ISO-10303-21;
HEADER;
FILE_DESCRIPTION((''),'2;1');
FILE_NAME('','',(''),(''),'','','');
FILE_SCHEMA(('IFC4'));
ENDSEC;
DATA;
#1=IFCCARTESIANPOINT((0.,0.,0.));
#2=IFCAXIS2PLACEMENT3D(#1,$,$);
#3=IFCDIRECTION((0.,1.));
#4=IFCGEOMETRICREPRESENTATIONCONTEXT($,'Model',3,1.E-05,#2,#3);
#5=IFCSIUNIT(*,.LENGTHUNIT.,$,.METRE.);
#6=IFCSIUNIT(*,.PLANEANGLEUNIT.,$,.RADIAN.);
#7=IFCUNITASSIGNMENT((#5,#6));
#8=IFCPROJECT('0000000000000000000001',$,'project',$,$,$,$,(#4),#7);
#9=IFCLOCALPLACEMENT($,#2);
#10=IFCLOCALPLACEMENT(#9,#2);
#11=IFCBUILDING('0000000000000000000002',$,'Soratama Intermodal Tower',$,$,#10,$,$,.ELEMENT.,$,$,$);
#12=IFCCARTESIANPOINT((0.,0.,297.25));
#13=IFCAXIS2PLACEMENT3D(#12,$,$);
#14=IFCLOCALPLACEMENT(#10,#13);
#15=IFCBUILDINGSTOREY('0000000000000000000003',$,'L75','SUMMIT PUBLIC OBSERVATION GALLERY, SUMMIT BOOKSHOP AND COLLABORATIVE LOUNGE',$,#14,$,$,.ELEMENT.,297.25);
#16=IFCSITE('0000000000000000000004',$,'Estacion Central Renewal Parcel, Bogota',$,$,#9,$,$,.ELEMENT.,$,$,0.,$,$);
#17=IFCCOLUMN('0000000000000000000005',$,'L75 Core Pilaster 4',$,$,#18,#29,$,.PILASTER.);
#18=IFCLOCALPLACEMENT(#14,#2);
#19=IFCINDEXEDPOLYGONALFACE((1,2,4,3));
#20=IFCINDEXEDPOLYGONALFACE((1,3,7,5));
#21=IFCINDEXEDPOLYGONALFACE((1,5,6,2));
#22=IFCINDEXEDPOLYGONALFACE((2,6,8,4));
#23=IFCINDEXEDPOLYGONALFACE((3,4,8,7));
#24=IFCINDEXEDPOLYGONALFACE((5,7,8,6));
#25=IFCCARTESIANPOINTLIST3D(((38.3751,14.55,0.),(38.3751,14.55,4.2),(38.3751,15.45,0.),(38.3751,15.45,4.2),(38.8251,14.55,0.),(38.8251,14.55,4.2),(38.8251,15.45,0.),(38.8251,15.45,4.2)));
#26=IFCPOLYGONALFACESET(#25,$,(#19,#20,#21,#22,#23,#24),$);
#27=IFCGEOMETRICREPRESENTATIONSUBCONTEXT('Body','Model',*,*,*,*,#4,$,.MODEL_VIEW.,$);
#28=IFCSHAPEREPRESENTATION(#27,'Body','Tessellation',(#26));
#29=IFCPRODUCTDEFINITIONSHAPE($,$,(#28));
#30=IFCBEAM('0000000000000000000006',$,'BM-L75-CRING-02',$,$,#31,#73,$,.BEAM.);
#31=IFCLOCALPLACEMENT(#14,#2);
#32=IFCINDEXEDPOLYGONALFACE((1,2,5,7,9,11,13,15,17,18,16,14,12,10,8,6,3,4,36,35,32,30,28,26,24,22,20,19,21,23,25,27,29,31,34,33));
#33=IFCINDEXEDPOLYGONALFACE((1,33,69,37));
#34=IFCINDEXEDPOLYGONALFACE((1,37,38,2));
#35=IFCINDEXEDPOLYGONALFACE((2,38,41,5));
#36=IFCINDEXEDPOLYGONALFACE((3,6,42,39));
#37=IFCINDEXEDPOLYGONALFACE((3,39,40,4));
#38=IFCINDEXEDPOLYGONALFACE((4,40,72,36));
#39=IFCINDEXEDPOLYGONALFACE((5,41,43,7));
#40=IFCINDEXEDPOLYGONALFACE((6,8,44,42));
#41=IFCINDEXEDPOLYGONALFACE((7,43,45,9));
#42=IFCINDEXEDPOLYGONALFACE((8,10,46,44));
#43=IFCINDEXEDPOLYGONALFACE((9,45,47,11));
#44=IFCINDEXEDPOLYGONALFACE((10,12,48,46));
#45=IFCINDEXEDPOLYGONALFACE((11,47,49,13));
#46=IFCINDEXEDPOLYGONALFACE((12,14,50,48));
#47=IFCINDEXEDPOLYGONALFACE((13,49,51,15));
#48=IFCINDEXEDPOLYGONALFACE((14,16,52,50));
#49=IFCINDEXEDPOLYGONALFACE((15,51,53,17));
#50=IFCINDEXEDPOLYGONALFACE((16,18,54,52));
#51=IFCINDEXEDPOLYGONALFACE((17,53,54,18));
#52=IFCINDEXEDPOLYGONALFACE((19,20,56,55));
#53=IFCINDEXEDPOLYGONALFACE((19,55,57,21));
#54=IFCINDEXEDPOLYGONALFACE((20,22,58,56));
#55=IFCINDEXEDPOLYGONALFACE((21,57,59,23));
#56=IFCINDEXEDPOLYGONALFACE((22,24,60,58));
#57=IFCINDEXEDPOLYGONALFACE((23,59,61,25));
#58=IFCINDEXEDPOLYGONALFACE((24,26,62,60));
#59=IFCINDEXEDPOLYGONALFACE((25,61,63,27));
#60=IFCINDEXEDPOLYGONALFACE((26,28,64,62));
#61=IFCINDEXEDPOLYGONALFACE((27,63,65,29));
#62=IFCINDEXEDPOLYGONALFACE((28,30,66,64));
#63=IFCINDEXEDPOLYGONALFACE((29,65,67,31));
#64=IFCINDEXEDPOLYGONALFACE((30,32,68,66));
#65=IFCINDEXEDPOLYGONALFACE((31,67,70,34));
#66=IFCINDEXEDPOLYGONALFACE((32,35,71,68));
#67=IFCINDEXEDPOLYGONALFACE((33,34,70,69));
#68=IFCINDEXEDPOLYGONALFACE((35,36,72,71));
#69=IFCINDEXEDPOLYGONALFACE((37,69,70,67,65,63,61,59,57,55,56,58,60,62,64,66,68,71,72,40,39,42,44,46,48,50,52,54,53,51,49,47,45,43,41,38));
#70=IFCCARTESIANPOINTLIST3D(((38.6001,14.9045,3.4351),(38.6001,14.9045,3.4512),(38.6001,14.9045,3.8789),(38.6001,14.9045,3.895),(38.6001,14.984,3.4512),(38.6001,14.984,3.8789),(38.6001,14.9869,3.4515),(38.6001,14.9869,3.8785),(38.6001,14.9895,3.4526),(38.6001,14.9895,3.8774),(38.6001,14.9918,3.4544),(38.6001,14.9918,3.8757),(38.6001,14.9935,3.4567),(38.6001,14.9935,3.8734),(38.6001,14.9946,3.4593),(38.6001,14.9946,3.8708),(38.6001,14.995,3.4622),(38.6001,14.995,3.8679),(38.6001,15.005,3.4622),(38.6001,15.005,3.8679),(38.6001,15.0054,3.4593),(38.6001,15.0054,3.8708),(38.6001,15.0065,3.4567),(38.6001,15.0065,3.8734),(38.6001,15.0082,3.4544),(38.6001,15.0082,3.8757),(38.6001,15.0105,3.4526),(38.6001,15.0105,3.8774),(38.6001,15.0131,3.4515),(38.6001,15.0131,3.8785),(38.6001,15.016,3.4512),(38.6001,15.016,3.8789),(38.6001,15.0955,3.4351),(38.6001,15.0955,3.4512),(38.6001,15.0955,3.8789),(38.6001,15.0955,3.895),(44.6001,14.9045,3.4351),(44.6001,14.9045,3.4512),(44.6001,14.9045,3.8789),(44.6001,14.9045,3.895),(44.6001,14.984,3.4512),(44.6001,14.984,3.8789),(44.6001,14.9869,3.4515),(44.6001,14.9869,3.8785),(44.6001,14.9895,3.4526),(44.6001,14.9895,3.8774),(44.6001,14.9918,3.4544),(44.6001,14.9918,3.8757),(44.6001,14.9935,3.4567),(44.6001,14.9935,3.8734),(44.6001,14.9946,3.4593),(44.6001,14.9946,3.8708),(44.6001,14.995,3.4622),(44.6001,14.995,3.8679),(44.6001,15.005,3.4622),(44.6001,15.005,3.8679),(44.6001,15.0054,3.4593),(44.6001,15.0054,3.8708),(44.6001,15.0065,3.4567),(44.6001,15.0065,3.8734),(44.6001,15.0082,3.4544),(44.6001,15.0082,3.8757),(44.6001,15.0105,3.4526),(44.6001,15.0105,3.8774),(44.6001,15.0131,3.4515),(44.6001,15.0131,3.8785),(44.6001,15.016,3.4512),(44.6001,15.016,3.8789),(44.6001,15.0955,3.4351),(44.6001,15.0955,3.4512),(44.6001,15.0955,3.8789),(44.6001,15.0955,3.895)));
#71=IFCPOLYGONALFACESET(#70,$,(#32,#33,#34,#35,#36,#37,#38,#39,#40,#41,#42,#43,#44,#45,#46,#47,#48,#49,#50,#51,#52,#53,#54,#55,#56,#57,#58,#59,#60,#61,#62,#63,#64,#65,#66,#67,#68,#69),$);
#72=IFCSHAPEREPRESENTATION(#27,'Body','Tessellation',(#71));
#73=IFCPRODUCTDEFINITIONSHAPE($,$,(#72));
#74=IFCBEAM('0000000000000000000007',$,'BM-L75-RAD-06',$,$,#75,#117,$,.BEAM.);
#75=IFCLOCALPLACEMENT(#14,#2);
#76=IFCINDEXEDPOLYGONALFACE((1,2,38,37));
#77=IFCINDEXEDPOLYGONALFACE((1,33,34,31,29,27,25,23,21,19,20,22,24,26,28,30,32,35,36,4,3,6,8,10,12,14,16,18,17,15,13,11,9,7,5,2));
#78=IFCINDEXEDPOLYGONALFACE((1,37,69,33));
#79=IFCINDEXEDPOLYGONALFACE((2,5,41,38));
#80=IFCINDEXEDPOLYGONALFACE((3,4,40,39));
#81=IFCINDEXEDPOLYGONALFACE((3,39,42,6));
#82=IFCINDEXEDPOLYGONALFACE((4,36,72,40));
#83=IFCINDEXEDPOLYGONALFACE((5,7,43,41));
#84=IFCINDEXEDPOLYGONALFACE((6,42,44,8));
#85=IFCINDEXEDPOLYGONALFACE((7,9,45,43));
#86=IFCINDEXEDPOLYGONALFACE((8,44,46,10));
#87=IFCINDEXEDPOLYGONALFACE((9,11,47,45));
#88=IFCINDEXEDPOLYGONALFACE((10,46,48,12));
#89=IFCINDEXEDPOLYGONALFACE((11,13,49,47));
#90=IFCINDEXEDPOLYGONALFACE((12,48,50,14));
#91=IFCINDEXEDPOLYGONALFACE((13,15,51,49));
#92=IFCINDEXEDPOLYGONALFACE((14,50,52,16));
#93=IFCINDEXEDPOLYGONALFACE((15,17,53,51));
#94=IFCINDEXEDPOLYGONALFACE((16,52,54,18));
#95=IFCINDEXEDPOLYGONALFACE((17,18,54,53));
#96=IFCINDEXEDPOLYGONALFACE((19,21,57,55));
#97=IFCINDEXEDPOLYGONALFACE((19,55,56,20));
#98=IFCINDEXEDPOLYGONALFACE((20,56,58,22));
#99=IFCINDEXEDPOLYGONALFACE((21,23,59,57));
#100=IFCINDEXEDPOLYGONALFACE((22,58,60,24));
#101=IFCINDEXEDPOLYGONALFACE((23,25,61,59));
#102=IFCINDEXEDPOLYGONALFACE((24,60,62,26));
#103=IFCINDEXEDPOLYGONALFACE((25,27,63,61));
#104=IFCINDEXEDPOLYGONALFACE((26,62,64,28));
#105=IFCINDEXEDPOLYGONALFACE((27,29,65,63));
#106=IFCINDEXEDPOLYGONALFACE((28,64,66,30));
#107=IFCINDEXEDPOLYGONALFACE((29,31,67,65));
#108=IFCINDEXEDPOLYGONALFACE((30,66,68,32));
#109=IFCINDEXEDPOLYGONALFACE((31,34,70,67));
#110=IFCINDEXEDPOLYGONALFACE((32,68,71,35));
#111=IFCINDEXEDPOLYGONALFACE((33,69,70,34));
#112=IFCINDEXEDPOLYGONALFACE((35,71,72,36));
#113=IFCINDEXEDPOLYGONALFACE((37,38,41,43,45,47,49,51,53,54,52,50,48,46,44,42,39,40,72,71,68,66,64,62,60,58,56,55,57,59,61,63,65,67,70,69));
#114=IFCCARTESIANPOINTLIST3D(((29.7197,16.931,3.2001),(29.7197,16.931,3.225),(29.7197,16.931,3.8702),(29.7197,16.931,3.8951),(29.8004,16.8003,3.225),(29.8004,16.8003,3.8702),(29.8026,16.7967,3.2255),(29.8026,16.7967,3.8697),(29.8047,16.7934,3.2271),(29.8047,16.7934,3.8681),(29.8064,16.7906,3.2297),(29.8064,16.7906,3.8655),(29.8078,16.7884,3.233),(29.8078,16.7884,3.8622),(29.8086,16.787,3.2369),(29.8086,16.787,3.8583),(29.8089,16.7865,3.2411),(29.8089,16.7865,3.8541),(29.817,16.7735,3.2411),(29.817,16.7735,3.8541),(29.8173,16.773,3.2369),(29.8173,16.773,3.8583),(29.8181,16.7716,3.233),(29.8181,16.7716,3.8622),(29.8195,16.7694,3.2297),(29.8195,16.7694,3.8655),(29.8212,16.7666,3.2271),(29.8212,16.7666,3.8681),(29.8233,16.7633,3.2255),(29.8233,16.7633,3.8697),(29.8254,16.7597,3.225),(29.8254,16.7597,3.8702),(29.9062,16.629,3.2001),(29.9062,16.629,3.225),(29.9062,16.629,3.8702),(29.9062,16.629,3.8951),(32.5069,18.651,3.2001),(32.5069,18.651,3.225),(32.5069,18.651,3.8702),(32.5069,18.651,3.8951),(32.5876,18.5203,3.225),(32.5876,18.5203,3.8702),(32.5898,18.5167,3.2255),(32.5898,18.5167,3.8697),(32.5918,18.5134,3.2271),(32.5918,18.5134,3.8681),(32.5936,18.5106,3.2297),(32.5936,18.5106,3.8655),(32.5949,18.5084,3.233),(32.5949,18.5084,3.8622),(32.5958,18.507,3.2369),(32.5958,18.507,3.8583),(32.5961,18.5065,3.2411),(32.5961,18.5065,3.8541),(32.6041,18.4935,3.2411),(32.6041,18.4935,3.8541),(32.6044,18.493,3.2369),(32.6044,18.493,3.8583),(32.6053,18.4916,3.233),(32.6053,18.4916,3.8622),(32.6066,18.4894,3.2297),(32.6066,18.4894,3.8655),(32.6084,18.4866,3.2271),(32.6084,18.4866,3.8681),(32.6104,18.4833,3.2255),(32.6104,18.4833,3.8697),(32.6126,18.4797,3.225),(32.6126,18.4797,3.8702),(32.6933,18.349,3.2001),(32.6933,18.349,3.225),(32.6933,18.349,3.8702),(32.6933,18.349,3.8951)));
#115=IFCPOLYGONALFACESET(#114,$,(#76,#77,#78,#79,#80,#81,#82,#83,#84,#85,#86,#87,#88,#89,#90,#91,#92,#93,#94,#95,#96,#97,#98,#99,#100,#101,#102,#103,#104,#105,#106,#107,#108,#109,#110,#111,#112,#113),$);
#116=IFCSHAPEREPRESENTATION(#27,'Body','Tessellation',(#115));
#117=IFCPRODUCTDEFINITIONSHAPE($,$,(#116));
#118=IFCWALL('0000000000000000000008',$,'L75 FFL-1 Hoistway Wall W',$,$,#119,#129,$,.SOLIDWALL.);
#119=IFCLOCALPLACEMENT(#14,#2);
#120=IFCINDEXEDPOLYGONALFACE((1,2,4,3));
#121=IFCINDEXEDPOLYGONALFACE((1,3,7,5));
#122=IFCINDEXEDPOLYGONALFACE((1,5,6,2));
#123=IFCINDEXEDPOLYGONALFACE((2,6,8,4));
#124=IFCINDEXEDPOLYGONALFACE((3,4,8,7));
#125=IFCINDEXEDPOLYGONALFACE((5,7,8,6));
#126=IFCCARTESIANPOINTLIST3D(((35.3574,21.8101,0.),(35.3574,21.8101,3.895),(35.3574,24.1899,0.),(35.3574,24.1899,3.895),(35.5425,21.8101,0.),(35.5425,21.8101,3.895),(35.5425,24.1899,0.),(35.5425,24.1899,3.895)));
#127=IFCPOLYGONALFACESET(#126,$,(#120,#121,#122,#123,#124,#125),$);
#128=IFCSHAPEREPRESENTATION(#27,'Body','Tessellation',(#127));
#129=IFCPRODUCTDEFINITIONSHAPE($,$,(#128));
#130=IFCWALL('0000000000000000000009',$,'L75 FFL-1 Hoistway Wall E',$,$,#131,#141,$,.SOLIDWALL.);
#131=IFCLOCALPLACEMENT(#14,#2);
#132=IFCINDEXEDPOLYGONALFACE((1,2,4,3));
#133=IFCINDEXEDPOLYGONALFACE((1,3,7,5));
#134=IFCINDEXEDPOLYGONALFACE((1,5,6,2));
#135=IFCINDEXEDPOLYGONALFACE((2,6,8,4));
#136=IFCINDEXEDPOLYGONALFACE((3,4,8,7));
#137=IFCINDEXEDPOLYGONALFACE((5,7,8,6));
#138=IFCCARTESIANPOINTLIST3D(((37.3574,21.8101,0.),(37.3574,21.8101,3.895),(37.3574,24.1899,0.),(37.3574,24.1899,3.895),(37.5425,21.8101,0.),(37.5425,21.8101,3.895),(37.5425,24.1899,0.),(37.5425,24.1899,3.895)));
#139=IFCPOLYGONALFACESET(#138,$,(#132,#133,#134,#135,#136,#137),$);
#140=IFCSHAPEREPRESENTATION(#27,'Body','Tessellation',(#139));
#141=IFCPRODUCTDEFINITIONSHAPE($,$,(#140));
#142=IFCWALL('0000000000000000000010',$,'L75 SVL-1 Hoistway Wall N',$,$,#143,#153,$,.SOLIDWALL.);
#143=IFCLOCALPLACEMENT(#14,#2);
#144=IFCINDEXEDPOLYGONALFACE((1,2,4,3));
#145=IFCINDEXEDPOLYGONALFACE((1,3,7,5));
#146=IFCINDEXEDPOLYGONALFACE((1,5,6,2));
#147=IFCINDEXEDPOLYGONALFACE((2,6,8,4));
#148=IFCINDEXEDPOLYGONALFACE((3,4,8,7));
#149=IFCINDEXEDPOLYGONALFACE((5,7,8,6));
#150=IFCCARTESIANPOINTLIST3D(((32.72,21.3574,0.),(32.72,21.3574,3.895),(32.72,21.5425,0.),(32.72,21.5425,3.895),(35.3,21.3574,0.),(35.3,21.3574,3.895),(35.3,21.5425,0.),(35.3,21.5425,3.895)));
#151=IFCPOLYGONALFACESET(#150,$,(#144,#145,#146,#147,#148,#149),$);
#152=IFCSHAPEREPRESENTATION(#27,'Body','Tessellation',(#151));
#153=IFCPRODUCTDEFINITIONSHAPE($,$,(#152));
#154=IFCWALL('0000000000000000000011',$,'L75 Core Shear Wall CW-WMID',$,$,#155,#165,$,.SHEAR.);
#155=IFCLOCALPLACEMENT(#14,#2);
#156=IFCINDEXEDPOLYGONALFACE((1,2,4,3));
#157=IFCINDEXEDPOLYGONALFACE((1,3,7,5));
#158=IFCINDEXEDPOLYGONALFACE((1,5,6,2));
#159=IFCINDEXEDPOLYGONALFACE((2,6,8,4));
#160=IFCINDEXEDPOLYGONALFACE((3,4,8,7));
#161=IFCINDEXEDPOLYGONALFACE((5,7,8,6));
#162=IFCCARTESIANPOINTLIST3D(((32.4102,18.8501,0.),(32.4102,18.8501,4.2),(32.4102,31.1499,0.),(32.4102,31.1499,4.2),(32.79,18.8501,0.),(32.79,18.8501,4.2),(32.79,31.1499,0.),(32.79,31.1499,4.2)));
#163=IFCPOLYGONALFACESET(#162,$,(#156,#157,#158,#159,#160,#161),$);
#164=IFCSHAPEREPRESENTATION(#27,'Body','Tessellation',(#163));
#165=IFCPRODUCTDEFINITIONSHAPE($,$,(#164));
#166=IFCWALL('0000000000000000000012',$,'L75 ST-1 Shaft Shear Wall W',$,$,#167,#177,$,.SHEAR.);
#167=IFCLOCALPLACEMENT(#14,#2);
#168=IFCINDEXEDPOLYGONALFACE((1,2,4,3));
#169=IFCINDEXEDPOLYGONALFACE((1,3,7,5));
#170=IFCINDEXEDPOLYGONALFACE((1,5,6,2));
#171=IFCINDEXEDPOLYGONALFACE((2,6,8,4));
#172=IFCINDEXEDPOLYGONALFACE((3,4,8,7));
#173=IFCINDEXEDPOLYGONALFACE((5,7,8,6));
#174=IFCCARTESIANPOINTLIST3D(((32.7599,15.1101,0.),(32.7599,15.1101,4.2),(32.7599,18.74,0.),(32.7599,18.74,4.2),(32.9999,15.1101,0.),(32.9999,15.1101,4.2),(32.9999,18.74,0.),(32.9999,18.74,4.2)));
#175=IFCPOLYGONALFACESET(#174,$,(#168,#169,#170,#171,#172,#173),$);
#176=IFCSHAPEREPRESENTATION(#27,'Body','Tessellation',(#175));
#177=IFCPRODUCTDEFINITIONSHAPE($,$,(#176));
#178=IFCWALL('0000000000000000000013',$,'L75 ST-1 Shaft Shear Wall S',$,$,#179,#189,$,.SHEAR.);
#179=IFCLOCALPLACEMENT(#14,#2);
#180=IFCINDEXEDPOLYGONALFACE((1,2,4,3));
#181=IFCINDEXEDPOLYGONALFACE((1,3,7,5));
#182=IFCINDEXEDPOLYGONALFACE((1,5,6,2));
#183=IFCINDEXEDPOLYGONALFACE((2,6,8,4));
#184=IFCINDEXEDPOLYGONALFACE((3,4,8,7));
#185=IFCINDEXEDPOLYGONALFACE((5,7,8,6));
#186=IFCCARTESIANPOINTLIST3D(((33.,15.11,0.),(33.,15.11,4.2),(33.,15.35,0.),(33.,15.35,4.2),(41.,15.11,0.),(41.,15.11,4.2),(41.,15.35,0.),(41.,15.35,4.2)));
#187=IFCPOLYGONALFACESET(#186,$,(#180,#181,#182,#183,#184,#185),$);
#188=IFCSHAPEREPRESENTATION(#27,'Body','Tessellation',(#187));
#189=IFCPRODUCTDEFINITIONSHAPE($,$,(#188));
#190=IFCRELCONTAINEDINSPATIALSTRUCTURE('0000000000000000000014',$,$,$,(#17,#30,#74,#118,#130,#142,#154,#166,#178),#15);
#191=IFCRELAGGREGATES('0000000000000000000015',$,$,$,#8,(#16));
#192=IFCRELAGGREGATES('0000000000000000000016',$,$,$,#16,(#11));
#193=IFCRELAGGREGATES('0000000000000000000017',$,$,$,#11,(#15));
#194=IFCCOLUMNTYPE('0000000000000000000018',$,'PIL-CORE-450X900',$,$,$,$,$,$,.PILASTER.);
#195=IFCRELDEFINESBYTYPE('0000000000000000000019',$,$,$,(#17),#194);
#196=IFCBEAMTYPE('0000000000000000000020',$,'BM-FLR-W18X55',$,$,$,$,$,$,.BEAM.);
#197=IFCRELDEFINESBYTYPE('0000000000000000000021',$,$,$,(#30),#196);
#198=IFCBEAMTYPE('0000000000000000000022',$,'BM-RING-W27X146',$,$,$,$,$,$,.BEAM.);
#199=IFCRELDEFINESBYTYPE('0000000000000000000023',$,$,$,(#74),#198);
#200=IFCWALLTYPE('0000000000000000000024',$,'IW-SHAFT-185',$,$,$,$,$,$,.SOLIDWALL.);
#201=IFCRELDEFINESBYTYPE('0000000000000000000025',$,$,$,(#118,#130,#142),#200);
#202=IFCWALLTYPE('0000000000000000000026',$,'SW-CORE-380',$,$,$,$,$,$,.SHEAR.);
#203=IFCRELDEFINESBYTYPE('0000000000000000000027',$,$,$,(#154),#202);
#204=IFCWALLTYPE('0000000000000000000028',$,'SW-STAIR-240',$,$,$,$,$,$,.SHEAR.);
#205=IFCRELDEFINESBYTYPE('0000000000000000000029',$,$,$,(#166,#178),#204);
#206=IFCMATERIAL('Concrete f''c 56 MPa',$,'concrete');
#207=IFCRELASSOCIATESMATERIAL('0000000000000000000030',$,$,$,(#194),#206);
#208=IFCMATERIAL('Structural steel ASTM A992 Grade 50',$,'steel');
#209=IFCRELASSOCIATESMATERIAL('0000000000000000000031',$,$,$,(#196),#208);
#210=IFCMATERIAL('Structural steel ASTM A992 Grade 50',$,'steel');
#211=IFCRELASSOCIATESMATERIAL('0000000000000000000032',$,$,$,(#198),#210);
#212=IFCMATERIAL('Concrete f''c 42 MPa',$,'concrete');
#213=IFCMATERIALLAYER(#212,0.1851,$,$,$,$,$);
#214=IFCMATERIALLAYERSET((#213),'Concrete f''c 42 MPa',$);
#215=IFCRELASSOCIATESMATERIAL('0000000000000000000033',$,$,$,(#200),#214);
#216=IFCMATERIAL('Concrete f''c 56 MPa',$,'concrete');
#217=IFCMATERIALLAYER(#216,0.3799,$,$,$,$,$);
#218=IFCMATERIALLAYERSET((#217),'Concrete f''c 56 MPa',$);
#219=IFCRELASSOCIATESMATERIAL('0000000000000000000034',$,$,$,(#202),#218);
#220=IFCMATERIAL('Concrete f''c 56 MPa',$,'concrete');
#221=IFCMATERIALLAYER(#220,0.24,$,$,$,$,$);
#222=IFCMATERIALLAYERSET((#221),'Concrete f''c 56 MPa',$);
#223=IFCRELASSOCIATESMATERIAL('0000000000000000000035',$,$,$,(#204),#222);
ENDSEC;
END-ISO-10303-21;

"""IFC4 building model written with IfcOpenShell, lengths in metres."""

from ifc_helpers import new_model, si_unit, direction, frame, frame_2d, origin, origin_2d, place, context, subcontext, project, spatial, rectangle, i_section, extrude, material, layer, layer_set, material_profile, profile_set, type_object, element, save


model = new_model("IFC4")

# Units and contexts
model_context = context("Model", 3, precision=1e-05, world=origin(), true_north=direction((0.0, 1.0)))
body_context = subcontext(model_context, "Body", "Model", "MODEL_VIEW")
ifc_project = project(units=[si_unit("LENGTHUNIT", "METRE"), si_unit("PLANEANGLEUNIT", "RADIAN")], contexts=[model_context])

# Site, building, storey
site_placement = place(None, origin())
site = spatial("IfcSite", under=ifc_project, at=site_placement, Name="Estacion Central Renewal Parcel, Bogota", CompositionType="ELEMENT", RefElevation=0.0)
building_placement = place(site_placement, origin())
building = spatial("IfcBuilding", under=site, at=building_placement, Name="Soratama Intermodal Tower", CompositionType="ELEMENT")
storey_placement = place(building_placement, frame((0.0, 0.0, 297.25)))
storey = spatial("IfcBuildingStorey", under=building, at=storey_placement, Name="L75", Description="SUMMIT PUBLIC OBSERVATION GALLERY, SUMMIT BOOKSHOP AND COLLABORATIVE LOUNGE", CompositionType="ELEMENT", Elevation=297.25)

# Column
ifc_material_1 = material(Name="Concrete f'c 56 MPa", Category="concrete")
ifc_material_profile_1 = material_profile(ifc_material_1, rectangle(XDim=0.45, YDim=0.8999, at=origin_2d()), Name="RC450X900")
ifc_profile_set_1 = profile_set([ifc_material_profile_1], Name="Concrete f'c 56 MPa")
column_type = type_object("IfcColumnType", Name="PIL-CORE-450X900", PredefinedType="PILASTER", material=ifc_profile_set_1)
column_placement = place(storey_placement, frame((38.6001, 15.0, 0.0), z_axis=(0.0, 0.0, 1.0), x_axis=(1.0, 0.0, 0.0)))
element("IfcColumn", 1, at=column_placement, inside=storey, type_object=column_type, Name="L75 Core Pilaster 4", PredefinedType="PILASTER", context=body_context, shape_type="SweptSolid", body=[
    extrude(rectangle(XDim=0.45, YDim=0.8999, at=origin_2d()), origin(), (0.0, 0.0, 1.0), 4.2),
])

# Beams
ifc_material_2 = material(Name="Structural steel ASTM A992 Grade 50", Category="steel")
ifc_material_profile_2 = material_profile(ifc_material_2, i_section(OverallWidth=0.1909, OverallDepth=0.46, WebThickness=0.01, FlangeThickness=0.0161, FilletRadius=0.011, at=origin_2d()), Name="W18X55")
ifc_profile_set_2 = profile_set([ifc_material_profile_2], Name="Structural steel ASTM A992 Grade 50")
beam_type_1 = type_object("IfcBeamType", Name="BM-FLR-W18X55", PredefinedType="BEAM", material=ifc_profile_set_2)
beam_1_placement = place(storey_placement, frame((38.6001, 15.0, 3.665), z_axis=(1.0, 0.0, 0.0), x_axis=(0.0, 1.0, 0.0)))
element("IfcBeam", 2, at=beam_1_placement, inside=storey, type_object=beam_type_1, Name="BM-L75-CRING-02", PredefinedType="BEAM", context=body_context, shape_type="SweptSolid", body=[
    extrude(i_section(OverallWidth=0.1909, OverallDepth=0.46, WebThickness=0.01, FlangeThickness=0.0161, FilletRadius=0.011, at=origin_2d()), origin(), (0.0, 0.0, 1.0), 6.0),
])
ifc_material_3 = material(Name="Structural steel ASTM A992 Grade 50", Category="steel")
ifc_material_profile_3 = material_profile(ifc_material_3, i_section(OverallWidth=0.355, OverallDepth=0.6951, WebThickness=0.0154, FlangeThickness=0.0249, FilletRadius=0.0161, at=origin_2d()), Name="W27X146")
ifc_profile_set_3 = profile_set([ifc_material_profile_3], Name="Structural steel ASTM A992 Grade 50")
beam_type_2 = type_object("IfcBeamType", Name="BM-RING-W27X146", PredefinedType="BEAM", material=ifc_profile_set_3)
beam_2_placement = place(storey_placement, frame((32.6001, 18.5, 3.5476), z_axis=(-0.851, -0.525166, 0.0), x_axis=(0.525166, -0.851, 0.0)))
element("IfcBeam", 3, at=beam_2_placement, inside=storey, type_object=beam_type_2, Name="BM-L75-RAD-06", PredefinedType="BEAM", context=body_context, shape_type="SweptSolid", body=[
    extrude(i_section(OverallWidth=0.355, OverallDepth=0.6951, WebThickness=0.0154, FlangeThickness=0.0249, FilletRadius=0.0161, at=origin_2d()), origin(), (0.0, 0.0, 1.0), 3.2751),
])

# Shared definitions
ifc_material_4 = material(Name="Concrete f'c 42 MPa", Category="concrete")
ifc_layer_1 = layer(ifc_material_4, 0.1851)
ifc_layer_set_1 = layer_set([ifc_layer_1], Name="Concrete f'c 42 MPa")
wall_type_1 = type_object("IfcWallType", Name="IW-SHAFT-185", PredefinedType="SOLIDWALL", material=ifc_layer_set_1)

# Walls
for number, where, z_axis, x_axis, name in (
    (4, (35.45, 21.8101, 0.0), (0.0, 0.0, 1.0), (0.0, 1.0, 0.0), "L75 FFL-1 Hoistway Wall W"),
    (5, (37.45, 21.8101, 0.0), (0.0, 0.0, 1.0), (0.0, 1.0, 0.0), "L75 FFL-1 Hoistway Wall E"),
):
    element("IfcWall", number, at=place(storey_placement, frame(where, z_axis=z_axis, x_axis=x_axis)), inside=storey, type_object=wall_type_1, Name=name, PredefinedType="SOLIDWALL", context=body_context, shape_type="SweptSolid", body=[
        extrude(rectangle(XDim=2.3799, YDim=0.1851, at=frame_2d((1.1899, 0.0))), origin(), (0.0, 0.0, 1.0), 3.895),
    ])

# Wall
wall_1_placement = place(storey_placement, frame((32.72, 21.45, 0.0), z_axis=(0.0, 0.0, 1.0), x_axis=(1.0, 0.0, 0.0)))
element("IfcWall", 6, at=wall_1_placement, inside=storey, type_object=wall_type_1, Name="L75 SVL-1 Hoistway Wall N", PredefinedType="SOLIDWALL", context=body_context, shape_type="SweptSolid", body=[
    extrude(rectangle(XDim=2.5801, YDim=0.1851, at=frame_2d((1.29, 0.0))), origin(), (0.0, 0.0, 1.0), 3.895),
])

# Walls
ifc_material_5 = material(Name="Concrete f'c 56 MPa", Category="concrete")
ifc_layer_2 = layer(ifc_material_5, 0.3799)
ifc_layer_set_2 = layer_set([ifc_layer_2], Name="Concrete f'c 56 MPa")
wall_type_2 = type_object("IfcWallType", Name="SW-CORE-380", PredefinedType="SHEAR", material=ifc_layer_set_2)
wall_2_placement = place(storey_placement, frame((32.6001, 18.8501, 0.0), z_axis=(0.0, 0.0, 1.0), x_axis=(0.0, 1.0, 0.0)))
element("IfcWall", 7, at=wall_2_placement, inside=storey, type_object=wall_type_2, Name="L75 Core Shear Wall CW-WMID", PredefinedType="SHEAR", context=body_context, shape_type="SweptSolid", body=[
    extrude(rectangle(XDim=12.2998, YDim=0.3799, at=frame_2d((6.1499, 0.0))), origin(), (0.0, 0.0, 1.0), 4.2),
])
ifc_material_6 = material(Name="Concrete f'c 56 MPa", Category="concrete")
ifc_layer_3 = layer(ifc_material_6, 0.24)
ifc_layer_set_3 = layer_set([ifc_layer_3], Name="Concrete f'c 56 MPa")
wall_type_3 = type_object("IfcWallType", Name="SW-STAIR-240", PredefinedType="SHEAR", material=ifc_layer_set_3)
wall_3_placement = place(storey_placement, frame((32.8799, 15.1101, 0.0), z_axis=(0.0, 0.0, 1.0), x_axis=(0.0, 1.0, 0.0)))
element("IfcWall", 8, at=wall_3_placement, inside=storey, type_object=wall_type_3, Name="L75 ST-1 Shaft Shear Wall W", PredefinedType="SHEAR", context=body_context, shape_type="SweptSolid", body=[
    extrude(rectangle(XDim=3.6299, YDim=0.24, at=frame_2d((1.8149, 0.0))), origin(), (0.0, 0.0, 1.0), 4.2),
])
for number, where, z_axis, x_axis, name in (
    (9, (33.0, 15.23, 0.0), (0.0, 0.0, 1.0), (1.0, 0.0, 0.0), "L75 ST-1 Shaft Shear Wall S"),
):
    element("IfcWall", number, at=place(storey_placement, frame(where, z_axis=z_axis, x_axis=x_axis)), inside=storey, type_object=wall_type_3, Name=name, PredefinedType="SHEAR", context=body_context, shape_type="SweptSolid", body=[
        extrude(rectangle(XDim=8.0, YDim=0.24, at=frame_2d((4.0, 0.0))), origin(), (0.0, 0.0, 1.0), 4.2),
    ])

save(model, "model.ifc")
